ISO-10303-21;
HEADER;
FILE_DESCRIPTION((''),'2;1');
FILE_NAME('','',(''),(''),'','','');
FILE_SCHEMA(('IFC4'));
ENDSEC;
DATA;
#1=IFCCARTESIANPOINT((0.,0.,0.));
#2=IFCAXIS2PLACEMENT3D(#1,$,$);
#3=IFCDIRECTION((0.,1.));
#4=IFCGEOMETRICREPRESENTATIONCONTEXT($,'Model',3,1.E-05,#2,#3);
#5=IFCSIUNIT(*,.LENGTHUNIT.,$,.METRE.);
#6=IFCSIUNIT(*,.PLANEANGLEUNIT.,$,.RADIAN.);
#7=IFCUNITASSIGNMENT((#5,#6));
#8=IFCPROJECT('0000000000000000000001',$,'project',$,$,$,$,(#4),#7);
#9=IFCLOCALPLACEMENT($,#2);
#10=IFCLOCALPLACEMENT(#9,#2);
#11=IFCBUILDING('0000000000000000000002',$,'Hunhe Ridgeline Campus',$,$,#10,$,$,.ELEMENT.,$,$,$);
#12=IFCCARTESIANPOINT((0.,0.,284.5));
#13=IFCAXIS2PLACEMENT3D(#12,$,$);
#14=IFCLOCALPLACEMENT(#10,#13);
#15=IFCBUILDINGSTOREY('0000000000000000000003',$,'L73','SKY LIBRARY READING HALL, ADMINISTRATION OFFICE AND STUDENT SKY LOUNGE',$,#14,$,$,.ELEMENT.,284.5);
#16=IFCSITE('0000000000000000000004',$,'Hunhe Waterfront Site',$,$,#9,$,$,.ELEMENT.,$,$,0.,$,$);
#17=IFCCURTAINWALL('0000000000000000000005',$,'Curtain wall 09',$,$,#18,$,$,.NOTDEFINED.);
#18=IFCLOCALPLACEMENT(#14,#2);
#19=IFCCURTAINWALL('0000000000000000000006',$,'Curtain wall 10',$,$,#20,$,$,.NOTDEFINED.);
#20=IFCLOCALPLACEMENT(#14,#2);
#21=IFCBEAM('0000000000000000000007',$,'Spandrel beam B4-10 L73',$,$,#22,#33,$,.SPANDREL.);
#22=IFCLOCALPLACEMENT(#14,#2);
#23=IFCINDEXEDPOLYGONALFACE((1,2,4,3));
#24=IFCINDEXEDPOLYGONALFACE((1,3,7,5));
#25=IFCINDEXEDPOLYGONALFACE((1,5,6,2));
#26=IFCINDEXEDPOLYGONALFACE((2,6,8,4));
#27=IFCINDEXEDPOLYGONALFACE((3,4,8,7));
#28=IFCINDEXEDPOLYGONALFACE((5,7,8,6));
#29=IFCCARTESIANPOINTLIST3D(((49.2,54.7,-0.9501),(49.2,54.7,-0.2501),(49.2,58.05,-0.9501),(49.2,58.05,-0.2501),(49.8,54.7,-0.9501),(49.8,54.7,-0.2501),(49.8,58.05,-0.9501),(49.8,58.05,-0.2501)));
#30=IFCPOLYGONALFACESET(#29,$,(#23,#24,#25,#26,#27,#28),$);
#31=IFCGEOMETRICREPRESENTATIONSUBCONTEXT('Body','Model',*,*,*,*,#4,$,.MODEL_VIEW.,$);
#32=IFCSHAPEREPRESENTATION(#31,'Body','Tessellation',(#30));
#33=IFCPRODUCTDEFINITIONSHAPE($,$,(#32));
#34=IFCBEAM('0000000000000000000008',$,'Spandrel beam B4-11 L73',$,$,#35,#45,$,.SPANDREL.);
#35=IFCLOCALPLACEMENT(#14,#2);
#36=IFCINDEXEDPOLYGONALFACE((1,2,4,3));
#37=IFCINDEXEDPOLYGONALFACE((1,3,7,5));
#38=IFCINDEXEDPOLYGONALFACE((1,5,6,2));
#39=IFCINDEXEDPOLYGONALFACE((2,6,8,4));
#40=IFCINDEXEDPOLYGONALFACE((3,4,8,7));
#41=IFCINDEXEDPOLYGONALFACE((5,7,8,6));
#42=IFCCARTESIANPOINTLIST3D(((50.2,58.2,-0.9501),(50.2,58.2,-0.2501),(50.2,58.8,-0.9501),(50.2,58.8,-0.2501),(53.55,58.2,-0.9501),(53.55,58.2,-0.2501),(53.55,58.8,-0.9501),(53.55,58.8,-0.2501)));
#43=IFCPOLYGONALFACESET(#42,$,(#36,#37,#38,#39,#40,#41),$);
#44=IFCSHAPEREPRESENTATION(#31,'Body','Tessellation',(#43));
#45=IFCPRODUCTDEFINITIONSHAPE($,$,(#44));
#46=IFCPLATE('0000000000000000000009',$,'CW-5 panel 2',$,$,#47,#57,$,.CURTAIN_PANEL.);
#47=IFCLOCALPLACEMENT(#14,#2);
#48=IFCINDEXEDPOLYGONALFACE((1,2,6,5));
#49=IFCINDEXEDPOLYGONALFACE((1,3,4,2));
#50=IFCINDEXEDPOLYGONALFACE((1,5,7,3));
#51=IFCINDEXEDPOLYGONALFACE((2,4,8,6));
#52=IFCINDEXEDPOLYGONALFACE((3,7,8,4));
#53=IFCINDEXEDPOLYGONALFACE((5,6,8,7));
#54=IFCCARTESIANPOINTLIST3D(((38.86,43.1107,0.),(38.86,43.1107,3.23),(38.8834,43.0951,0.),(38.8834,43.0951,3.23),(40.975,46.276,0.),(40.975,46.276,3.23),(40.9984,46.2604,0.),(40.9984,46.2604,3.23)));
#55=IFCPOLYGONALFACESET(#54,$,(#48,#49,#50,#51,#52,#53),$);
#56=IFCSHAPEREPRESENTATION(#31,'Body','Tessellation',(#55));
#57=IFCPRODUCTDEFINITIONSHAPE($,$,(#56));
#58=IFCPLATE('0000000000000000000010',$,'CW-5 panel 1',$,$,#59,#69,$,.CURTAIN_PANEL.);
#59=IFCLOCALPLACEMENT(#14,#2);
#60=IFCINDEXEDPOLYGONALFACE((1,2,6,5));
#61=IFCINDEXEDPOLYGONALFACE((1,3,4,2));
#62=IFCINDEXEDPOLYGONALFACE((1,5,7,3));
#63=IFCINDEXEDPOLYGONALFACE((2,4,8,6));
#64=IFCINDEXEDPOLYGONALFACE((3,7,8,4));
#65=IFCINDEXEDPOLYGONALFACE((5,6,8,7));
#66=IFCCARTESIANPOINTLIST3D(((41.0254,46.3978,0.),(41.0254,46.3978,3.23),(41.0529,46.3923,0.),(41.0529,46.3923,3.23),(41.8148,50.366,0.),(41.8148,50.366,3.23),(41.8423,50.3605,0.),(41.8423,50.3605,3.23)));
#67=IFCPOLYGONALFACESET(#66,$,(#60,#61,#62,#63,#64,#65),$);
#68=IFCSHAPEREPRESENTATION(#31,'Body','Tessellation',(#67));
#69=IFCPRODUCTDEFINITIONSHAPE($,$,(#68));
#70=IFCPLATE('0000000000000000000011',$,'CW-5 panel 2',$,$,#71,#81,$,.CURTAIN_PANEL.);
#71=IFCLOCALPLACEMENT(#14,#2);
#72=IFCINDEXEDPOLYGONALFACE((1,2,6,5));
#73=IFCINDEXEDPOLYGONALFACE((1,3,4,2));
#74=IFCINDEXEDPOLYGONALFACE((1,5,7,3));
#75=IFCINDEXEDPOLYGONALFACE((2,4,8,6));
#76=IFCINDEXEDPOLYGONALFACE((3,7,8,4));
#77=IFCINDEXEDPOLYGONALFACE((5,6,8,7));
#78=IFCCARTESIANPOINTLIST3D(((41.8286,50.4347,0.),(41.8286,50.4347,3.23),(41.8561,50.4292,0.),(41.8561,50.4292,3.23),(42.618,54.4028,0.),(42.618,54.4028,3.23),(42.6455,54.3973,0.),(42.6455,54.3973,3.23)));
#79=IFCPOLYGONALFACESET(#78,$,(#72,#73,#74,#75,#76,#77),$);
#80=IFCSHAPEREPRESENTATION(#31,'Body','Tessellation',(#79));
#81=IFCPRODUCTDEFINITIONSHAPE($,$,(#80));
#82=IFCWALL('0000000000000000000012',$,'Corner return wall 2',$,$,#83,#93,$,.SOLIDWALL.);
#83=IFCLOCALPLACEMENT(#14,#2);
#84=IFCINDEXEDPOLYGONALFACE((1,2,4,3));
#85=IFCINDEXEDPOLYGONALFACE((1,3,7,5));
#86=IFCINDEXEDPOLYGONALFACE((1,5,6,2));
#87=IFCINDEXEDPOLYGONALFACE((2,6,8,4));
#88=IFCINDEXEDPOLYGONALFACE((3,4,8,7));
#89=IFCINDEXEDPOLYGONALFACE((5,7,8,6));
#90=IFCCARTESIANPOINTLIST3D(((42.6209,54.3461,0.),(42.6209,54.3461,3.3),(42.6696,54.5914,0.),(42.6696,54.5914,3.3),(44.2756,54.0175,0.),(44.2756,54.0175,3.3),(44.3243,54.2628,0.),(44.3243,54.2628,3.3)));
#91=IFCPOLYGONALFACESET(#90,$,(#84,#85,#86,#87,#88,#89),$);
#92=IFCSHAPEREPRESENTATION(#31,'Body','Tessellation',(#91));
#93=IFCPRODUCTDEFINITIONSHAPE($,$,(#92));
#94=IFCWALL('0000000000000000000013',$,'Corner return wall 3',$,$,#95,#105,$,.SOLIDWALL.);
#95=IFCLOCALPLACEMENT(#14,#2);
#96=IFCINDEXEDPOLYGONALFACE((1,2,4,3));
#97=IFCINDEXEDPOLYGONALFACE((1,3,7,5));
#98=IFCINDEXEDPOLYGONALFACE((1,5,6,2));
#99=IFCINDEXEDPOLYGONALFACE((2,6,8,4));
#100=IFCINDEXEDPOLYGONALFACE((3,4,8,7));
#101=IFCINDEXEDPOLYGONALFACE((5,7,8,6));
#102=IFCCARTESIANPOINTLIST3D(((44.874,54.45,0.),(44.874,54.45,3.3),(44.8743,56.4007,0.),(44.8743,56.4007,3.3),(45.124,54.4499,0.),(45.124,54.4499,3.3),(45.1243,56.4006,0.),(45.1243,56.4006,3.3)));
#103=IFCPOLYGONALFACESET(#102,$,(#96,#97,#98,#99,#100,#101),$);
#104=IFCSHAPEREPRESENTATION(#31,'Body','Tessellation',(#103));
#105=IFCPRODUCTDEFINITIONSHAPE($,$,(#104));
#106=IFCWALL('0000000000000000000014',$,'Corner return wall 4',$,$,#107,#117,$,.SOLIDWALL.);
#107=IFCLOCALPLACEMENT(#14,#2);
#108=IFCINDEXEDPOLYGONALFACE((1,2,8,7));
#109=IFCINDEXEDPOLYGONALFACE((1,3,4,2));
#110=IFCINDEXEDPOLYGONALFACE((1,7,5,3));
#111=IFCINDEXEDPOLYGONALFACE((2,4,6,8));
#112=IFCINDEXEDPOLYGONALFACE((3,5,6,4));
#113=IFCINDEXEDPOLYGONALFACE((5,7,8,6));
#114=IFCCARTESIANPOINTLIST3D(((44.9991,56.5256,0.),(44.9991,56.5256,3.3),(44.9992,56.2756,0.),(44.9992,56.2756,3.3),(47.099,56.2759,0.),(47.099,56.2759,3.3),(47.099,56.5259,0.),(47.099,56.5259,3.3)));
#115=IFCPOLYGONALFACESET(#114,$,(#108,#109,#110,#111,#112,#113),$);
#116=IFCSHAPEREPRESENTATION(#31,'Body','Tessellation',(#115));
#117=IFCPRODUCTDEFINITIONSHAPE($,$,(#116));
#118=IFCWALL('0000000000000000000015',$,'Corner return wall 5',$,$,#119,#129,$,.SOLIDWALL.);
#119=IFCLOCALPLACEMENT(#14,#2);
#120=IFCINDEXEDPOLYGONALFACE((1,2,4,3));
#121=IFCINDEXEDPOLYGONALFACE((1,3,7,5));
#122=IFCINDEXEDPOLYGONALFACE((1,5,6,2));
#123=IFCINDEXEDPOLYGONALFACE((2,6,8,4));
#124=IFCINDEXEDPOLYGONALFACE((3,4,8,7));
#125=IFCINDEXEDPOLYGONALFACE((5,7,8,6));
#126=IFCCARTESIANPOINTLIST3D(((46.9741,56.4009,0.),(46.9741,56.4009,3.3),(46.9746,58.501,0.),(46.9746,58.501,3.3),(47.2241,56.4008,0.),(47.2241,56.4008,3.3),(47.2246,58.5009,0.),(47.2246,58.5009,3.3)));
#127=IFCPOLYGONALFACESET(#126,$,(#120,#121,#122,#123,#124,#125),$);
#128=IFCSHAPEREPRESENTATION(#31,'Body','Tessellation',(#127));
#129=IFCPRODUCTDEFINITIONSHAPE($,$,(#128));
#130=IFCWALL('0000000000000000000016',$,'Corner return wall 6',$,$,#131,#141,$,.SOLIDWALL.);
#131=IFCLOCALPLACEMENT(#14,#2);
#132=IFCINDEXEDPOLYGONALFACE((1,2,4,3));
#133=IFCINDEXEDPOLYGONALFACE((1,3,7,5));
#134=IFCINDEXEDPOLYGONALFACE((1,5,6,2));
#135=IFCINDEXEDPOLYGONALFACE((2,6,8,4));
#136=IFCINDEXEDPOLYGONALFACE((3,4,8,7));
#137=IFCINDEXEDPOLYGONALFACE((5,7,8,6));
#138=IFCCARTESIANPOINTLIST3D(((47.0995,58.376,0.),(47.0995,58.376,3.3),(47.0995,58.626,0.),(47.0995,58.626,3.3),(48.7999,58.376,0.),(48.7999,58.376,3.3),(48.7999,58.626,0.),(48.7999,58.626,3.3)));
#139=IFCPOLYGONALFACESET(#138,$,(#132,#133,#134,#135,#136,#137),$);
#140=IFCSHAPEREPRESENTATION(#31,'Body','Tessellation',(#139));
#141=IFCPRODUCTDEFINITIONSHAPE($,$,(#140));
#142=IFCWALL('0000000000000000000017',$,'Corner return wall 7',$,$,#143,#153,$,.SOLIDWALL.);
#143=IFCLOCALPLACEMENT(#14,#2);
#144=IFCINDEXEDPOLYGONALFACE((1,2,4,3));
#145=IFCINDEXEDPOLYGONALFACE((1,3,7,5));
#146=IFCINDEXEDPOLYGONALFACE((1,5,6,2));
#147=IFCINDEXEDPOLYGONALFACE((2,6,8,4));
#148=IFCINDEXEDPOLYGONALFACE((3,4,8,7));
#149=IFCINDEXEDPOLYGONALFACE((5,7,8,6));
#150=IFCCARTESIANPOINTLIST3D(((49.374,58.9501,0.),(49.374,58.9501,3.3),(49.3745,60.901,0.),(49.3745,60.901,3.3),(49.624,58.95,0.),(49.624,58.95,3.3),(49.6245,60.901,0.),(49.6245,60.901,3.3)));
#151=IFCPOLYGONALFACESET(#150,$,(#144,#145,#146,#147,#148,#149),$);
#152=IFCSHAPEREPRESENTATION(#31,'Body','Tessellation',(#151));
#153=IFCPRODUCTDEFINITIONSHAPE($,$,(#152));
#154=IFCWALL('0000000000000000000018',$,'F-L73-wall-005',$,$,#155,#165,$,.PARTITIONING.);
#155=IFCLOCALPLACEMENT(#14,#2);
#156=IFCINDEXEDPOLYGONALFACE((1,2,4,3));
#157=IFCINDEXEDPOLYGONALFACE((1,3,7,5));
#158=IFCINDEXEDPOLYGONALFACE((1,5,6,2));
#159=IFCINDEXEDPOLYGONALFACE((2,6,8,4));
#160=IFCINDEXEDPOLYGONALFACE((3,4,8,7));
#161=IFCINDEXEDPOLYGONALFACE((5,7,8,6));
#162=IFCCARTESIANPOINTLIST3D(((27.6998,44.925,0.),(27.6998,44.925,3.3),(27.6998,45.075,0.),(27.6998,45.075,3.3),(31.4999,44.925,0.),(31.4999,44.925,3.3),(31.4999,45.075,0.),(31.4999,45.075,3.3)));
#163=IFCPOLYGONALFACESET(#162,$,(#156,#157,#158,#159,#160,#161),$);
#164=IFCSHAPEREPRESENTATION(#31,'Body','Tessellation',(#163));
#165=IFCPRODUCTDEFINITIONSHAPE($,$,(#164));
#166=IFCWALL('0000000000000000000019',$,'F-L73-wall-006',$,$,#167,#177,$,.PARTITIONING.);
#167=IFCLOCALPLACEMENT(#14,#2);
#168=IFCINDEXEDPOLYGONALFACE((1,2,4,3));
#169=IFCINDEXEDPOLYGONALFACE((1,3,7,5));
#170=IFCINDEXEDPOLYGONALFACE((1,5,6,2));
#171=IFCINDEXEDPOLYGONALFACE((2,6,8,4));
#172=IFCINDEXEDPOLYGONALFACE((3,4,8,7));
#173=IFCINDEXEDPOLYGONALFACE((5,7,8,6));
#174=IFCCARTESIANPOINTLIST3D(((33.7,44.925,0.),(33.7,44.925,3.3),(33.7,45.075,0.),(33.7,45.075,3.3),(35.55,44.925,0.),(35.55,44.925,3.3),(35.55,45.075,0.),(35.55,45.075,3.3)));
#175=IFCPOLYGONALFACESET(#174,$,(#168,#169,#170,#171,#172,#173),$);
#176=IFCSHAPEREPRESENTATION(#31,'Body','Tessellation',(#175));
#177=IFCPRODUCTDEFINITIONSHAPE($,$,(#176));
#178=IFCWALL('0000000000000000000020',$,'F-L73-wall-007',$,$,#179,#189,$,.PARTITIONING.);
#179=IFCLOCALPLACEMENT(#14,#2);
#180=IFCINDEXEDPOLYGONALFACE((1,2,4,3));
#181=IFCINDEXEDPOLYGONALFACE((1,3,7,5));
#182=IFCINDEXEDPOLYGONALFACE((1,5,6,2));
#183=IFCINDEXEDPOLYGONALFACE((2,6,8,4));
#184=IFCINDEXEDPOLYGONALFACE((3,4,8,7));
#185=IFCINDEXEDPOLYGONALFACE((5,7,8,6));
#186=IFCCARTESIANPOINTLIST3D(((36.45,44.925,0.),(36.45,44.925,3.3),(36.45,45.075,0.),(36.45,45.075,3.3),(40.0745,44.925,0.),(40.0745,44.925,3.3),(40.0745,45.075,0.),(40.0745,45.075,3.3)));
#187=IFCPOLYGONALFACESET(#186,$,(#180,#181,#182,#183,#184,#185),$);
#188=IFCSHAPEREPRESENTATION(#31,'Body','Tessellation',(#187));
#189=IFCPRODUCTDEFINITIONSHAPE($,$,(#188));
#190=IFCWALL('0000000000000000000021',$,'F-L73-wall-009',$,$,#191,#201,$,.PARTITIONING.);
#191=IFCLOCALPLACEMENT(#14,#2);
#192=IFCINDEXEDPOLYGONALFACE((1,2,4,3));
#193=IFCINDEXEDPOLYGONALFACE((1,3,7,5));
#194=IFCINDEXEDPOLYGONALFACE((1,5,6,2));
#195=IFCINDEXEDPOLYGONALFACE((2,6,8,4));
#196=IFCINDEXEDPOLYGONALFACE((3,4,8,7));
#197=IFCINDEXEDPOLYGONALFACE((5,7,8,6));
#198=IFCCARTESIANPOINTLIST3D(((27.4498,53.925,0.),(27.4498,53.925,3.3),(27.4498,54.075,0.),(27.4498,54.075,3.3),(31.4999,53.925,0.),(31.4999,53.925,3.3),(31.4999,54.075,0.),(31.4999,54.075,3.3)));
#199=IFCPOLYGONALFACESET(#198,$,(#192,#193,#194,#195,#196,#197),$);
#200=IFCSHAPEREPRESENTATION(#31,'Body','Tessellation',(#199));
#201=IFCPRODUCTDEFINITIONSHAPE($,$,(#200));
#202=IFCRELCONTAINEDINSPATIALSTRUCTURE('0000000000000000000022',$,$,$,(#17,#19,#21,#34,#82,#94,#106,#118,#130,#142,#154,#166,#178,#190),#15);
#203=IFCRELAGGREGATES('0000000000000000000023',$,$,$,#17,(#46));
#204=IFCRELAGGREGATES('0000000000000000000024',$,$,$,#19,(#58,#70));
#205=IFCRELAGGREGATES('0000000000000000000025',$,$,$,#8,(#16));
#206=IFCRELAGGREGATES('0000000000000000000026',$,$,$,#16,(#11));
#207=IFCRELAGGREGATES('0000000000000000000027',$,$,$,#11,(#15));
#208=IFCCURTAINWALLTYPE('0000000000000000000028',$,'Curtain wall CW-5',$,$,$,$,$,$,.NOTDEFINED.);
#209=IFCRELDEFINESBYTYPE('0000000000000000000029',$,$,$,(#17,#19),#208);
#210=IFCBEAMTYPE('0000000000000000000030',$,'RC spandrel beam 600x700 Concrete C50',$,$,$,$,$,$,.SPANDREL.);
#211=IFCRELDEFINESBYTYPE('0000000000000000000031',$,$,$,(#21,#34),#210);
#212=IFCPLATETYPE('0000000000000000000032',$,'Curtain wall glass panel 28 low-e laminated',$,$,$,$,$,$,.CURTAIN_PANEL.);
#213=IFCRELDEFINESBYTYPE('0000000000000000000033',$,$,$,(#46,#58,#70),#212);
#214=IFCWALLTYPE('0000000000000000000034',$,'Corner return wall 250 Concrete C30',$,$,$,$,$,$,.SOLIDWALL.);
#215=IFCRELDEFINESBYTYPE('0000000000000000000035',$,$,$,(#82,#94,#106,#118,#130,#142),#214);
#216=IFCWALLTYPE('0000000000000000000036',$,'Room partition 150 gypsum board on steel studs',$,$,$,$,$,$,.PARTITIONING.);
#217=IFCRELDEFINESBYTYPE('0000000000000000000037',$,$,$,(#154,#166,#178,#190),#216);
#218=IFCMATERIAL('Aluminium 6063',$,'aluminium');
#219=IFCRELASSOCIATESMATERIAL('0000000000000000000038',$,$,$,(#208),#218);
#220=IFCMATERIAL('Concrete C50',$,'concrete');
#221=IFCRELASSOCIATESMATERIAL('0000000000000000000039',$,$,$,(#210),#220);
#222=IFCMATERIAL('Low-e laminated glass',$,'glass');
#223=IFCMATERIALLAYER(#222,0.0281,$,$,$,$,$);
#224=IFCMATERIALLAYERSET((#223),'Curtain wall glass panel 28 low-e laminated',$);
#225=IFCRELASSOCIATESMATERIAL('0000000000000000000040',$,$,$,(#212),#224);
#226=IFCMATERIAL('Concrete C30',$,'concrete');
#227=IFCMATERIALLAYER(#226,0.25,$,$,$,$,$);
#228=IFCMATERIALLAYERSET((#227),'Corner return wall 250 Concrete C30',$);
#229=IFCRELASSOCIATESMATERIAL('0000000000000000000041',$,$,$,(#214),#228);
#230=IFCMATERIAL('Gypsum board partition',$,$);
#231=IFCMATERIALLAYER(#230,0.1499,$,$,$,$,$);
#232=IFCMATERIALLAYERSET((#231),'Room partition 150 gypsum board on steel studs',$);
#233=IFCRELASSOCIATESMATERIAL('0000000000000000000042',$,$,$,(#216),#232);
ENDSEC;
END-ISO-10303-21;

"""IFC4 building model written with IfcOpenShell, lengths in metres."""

from ifc_helpers import new_model, si_unit, direction, frame, frame_2d, origin, origin_2d, place, context, subcontext, project, spatial, rectangle, extrude, material, layer, layer_set, material_profile, profile_set, type_object, element, aggregate, save


model = new_model("IFC4")

# Units and contexts
model_context = context("Model", 3, precision=1e-05, world=origin(), true_north=direction((0.0, 1.0)))
body_context = subcontext(model_context, "Body", "Model", "MODEL_VIEW")
ifc_project = project(units=[si_unit("LENGTHUNIT", "METRE"), si_unit("PLANEANGLEUNIT", "RADIAN")], contexts=[model_context])

# Site, building, storey
site_placement = place(None, origin())
site = spatial("IfcSite", under=ifc_project, at=site_placement, Name="Hunhe Waterfront Site", CompositionType="ELEMENT", RefElevation=0.0)
building_placement = place(site_placement, origin())
building = spatial("IfcBuilding", under=site, at=building_placement, Name="Hunhe Ridgeline Campus", CompositionType="ELEMENT")
storey_placement = place(building_placement, frame((0.0, 0.0, 284.5)))
storey = spatial("IfcBuildingStorey", under=building, at=storey_placement, Name="L73", Description="SKY LIBRARY READING HALL, ADMINISTRATION OFFICE AND STUDENT SKY LOUNGE", CompositionType="ELEMENT", Elevation=284.5)

# Shared definitions
ifc_material_1 = material(Name="Concrete C50", Category="concrete")

# Curtain walls
ifc_material_2 = material(Name="Aluminium 6063", Category="aluminium")
curtain_wall_type = type_object("IfcCurtainWallType", Name="Curtain wall CW-5", PredefinedType="NOTDEFINED", material=ifc_material_2)
curtain_wall_1_placement = place(storey_placement, origin())
curtain_wall_1 = element("IfcCurtainWall", 1, at=curtain_wall_1_placement, inside=storey, type_object=curtain_wall_type, Name="Curtain wall 09", PredefinedType="NOTDEFINED")
curtain_wall_2_placement = place(storey_placement, origin())
curtain_wall_2 = element("IfcCurtainWall", 2, at=curtain_wall_2_placement, inside=storey, type_object=curtain_wall_type, Name="Curtain wall 10", PredefinedType="NOTDEFINED")

# Beams
ifc_material_profile_1 = material_profile(ifc_material_1, rectangle(XDim=0.6001, YDim=0.7, at=origin_2d()))
ifc_profile_set_1 = profile_set([ifc_material_profile_1], Name="Concrete C50")
beam_type = type_object("IfcBeamType", Name="RC spandrel beam 600x700 Concrete C50", PredefinedType="SPANDREL", material=ifc_profile_set_1)
for number, where, z_axis, x_axis, name in (
    (3, (49.5, 54.7, -0.6001), (0.0, 1.0, 0.0), (-1.0, 0.0, 0.0), "Spandrel beam B4-10 L73"),
    (4, (50.2, 58.5, -0.6001), (1.0, 0.0, 0.0), (0.0, 1.0, 0.0), "Spandrel beam B4-11 L73"),
):
    element("IfcBeam", number, at=place(storey_placement, frame(where, z_axis=z_axis, x_axis=x_axis)), inside=storey, type_object=beam_type, Name=name, PredefinedType="SPANDREL", context=body_context, shape_type="SweptSolid", body=[
        extrude(rectangle(XDim=0.6001, YDim=0.7, at=origin_2d()), origin(), (0.0, 0.0, 1.0), 3.3501),
    ])

# Plates
ifc_material_3 = material(Name="Low-e laminated glass", Category="glass")
ifc_layer_1 = layer(ifc_material_3, 0.0281)
ifc_layer_set_1 = layer_set([ifc_layer_1], Name="Curtain wall glass panel 28 low-e laminated")
plate_type = type_object("IfcPlateType", Name="Curtain wall glass panel 28 low-e laminated", PredefinedType="CURTAIN_PANEL", material=ifc_layer_set_1)
plate_1_placement = place(storey_placement, frame((39.9292, 44.6855, 0.0), z_axis=(0.0, 0.0, 1.0), x_axis=(0.55557, 0.83147, 0.0)))
plate_1 = element("IfcPlate", 5, at=plate_1_placement, type_object=plate_type, Name="CW-5 panel 2", PredefinedType="CURTAIN_PANEL", context=body_context, shape_type="SweptSolid", body=[
    extrude(rectangle(XDim=3.8069, YDim=0.0281, at=origin_2d()), origin(), (0.0, 0.0, 1.0), 3.23),
])
aggregate(curtain_wall_1, [plate_1])
plate_2_placement = place(storey_placement, frame((41.4338, 48.3792, 0.0), z_axis=(0.0, 0.0, 1.0), x_axis=(0.195104, 0.980783, 0.0)))
plate_2 = element("IfcPlate", 6, at=plate_2_placement, type_object=plate_type, Name="CW-5 panel 1", PredefinedType="CURTAIN_PANEL", context=body_context, shape_type="SweptSolid", body=[
    extrude(rectangle(XDim=4.0459, YDim=0.0281, at=origin_2d()), origin(), (0.0, 0.0, 1.0), 3.23),
])
plate_3_placement = place(storey_placement, frame((42.2371, 52.416, 0.0), z_axis=(0.0, 0.0, 1.0), x_axis=(0.195104, 0.980783, 0.0)))
plate_3 = element("IfcPlate", 7, at=plate_3_placement, type_object=plate_type, Name="CW-5 panel 2", PredefinedType="CURTAIN_PANEL", context=body_context, shape_type="SweptSolid", body=[
    extrude(rectangle(XDim=4.0459, YDim=0.0281, at=origin_2d()), origin(), (0.0, 0.0, 1.0), 3.23),
])
aggregate(curtain_wall_2, [plate_2, plate_3])

# Walls
ifc_material_4 = material(Name="Concrete C30", Category="concrete")
ifc_layer_2 = layer(ifc_material_4, 0.25)
ifc_layer_set_2 = layer_set([ifc_layer_2], Name="Corner return wall 250 Concrete C30")
wall_type_1 = type_object("IfcWallType", Name="Corner return wall 250 Concrete C30", PredefinedType="SOLIDWALL", material=ifc_layer_set_2)
wall_1_placement = place(storey_placement, frame((42.6453, 54.4688, 0.0), z_axis=(0.0, 0.0, 1.0), x_axis=(0.980847, -0.19478, 0.0)))
element("IfcWall", 8, at=wall_1_placement, inside=storey, type_object=wall_type_1, Name="Corner return wall 2", PredefinedType="SOLIDWALL", context=body_context, shape_type="SweptSolid", body=[
    extrude(rectangle(XDim=1.687, YDim=0.25, at=frame_2d((0.8435, 0.0))), origin(), (0.0, 0.0, 1.0), 3.3),
])
wall_2_placement = place(storey_placement, frame((44.999, 54.45, 0.0), z_axis=(0.0, 0.0, 1.0), x_axis=(0.000125, 1.0, 0.0)))
element("IfcWall", 9, at=wall_2_placement, inside=storey, type_object=wall_type_1, Name="Corner return wall 3", PredefinedType="SOLIDWALL", context=body_context, shape_type="SweptSolid", body=[
    extrude(rectangle(XDim=1.9507, YDim=0.25, at=frame_2d((0.9753, 0.0))), origin(), (0.0, 0.0, 1.0), 3.3),
])
wall_3_placement = place(storey_placement, frame((44.9993, 56.4006, 0.0), z_axis=(0.0, 0.0, 1.0), x_axis=(1.0, 0.000116, 0.0)))
element("IfcWall", 10, at=wall_3_placement, inside=storey, type_object=wall_type_1, Name="Corner return wall 4", PredefinedType="SOLIDWALL", context=body_context, shape_type="SweptSolid", body=[
    extrude(rectangle(XDim=2.0999, YDim=0.25, at=frame_2d((1.0498, 0.0))), origin(), (0.0, 0.0, 1.0), 3.3),
])
wall_4_placement = place(storey_placement, frame((47.0991, 56.4009, 0.0), z_axis=(0.0, 0.0, 1.0), x_axis=(0.000233, 1.0, 0.0)))
element("IfcWall", 11, at=wall_4_placement, inside=storey, type_object=wall_type_1, Name="Corner return wall 5", PredefinedType="SOLIDWALL", context=body_context, shape_type="SweptSolid", body=[
    extrude(rectangle(XDim=2.1001, YDim=0.25, at=frame_2d((1.05, 0.0))), origin(), (0.0, 0.0, 1.0), 3.3),
])
wall_5_placement = place(storey_placement, frame((47.0996, 58.501, 0.0), z_axis=(0.0, 0.0, 1.0), x_axis=(1.0, 0.0, 0.0)))
element("IfcWall", 12, at=wall_5_placement, inside=storey, type_object=wall_type_1, Name="Corner return wall 6", PredefinedType="SOLIDWALL", context=body_context, shape_type="SweptSolid", body=[
    extrude(rectangle(XDim=1.7004, YDim=0.25, at=frame_2d((0.8501, 0.0))), origin(), (0.0, 0.0, 1.0), 3.3),
])
wall_6_placement = place(storey_placement, frame((49.499, 58.95, 0.0), z_axis=(0.0, 0.0, 1.0), x_axis=(0.00025, 1.0, 0.0)))
element("IfcWall", 13, at=wall_6_placement, inside=storey, type_object=wall_type_1, Name="Corner return wall 7", PredefinedType="SOLIDWALL", context=body_context, shape_type="SweptSolid", body=[
    extrude(rectangle(XDim=1.9509, YDim=0.25, at=frame_2d((0.9756, 0.0))), origin(), (0.0, 0.0, 1.0), 3.3),
])
ifc_material_5 = material(Name="Gypsum board partition")
ifc_layer_3 = layer(ifc_material_5, 0.1499)
ifc_layer_set_3 = layer_set([ifc_layer_3], Name="Room partition 150 gypsum board on steel studs")
wall_type_2 = type_object("IfcWallType", Name="Room partition 150 gypsum board on steel studs", PredefinedType="PARTITIONING", material=ifc_layer_set_3)
wall_7_placement = place(storey_placement, frame((27.7, 45.0, 0.0), z_axis=(0.0, 0.0, 1.0), x_axis=(1.0, 0.0, 0.0)))
element("IfcWall", 14, at=wall_7_placement, inside=storey, type_object=wall_type_2, Name="F-L73-wall-005", PredefinedType="PARTITIONING", context=body_context, shape_type="SweptSolid", body=[
    extrude(rectangle(XDim=3.8, YDim=0.1499, at=frame_2d((1.8999, 0.0))), origin(), (0.0, 0.0, 1.0), 3.3),
])
wall_8_placement = place(storey_placement, frame((33.7, 45.0, 0.0), z_axis=(0.0, 0.0, 1.0), x_axis=(1.0, 0.0, 0.0)))
element("IfcWall", 15, at=wall_8_placement, inside=storey, type_object=wall_type_2, Name="F-L73-wall-006", PredefinedType="PARTITIONING", context=body_context, shape_type="SweptSolid", body=[
    extrude(rectangle(XDim=1.8501, YDim=0.1499, at=frame_2d((0.925, 0.0))), origin(), (0.0, 0.0, 1.0), 3.3),
])
wall_9_placement = place(storey_placement, frame((36.45, 45.0, 0.0), z_axis=(0.0, 0.0, 1.0), x_axis=(1.0, 0.0, 0.0)))
element("IfcWall", 16, at=wall_9_placement, inside=storey, type_object=wall_type_2, Name="F-L73-wall-007", PredefinedType="PARTITIONING", context=body_context, shape_type="SweptSolid", body=[
    extrude(rectangle(XDim=3.6245, YDim=0.1499, at=frame_2d((1.8123, 0.0))), origin(), (0.0, 0.0, 1.0), 3.3),
])
wall_10_placement = place(storey_placement, frame((27.45, 54.0, 0.0), z_axis=(0.0, 0.0, 1.0), x_axis=(1.0, 0.0, 0.0)))
element("IfcWall", 17, at=wall_10_placement, inside=storey, type_object=wall_type_2, Name="F-L73-wall-009", PredefinedType="PARTITIONING", context=body_context, shape_type="SweptSolid", body=[
    extrude(rectangle(XDim=4.05, YDim=0.1499, at=frame_2d((2.0249, 0.0))), origin(), (0.0, 0.0, 1.0), 3.3),
])

save(model, "model.ifc")
